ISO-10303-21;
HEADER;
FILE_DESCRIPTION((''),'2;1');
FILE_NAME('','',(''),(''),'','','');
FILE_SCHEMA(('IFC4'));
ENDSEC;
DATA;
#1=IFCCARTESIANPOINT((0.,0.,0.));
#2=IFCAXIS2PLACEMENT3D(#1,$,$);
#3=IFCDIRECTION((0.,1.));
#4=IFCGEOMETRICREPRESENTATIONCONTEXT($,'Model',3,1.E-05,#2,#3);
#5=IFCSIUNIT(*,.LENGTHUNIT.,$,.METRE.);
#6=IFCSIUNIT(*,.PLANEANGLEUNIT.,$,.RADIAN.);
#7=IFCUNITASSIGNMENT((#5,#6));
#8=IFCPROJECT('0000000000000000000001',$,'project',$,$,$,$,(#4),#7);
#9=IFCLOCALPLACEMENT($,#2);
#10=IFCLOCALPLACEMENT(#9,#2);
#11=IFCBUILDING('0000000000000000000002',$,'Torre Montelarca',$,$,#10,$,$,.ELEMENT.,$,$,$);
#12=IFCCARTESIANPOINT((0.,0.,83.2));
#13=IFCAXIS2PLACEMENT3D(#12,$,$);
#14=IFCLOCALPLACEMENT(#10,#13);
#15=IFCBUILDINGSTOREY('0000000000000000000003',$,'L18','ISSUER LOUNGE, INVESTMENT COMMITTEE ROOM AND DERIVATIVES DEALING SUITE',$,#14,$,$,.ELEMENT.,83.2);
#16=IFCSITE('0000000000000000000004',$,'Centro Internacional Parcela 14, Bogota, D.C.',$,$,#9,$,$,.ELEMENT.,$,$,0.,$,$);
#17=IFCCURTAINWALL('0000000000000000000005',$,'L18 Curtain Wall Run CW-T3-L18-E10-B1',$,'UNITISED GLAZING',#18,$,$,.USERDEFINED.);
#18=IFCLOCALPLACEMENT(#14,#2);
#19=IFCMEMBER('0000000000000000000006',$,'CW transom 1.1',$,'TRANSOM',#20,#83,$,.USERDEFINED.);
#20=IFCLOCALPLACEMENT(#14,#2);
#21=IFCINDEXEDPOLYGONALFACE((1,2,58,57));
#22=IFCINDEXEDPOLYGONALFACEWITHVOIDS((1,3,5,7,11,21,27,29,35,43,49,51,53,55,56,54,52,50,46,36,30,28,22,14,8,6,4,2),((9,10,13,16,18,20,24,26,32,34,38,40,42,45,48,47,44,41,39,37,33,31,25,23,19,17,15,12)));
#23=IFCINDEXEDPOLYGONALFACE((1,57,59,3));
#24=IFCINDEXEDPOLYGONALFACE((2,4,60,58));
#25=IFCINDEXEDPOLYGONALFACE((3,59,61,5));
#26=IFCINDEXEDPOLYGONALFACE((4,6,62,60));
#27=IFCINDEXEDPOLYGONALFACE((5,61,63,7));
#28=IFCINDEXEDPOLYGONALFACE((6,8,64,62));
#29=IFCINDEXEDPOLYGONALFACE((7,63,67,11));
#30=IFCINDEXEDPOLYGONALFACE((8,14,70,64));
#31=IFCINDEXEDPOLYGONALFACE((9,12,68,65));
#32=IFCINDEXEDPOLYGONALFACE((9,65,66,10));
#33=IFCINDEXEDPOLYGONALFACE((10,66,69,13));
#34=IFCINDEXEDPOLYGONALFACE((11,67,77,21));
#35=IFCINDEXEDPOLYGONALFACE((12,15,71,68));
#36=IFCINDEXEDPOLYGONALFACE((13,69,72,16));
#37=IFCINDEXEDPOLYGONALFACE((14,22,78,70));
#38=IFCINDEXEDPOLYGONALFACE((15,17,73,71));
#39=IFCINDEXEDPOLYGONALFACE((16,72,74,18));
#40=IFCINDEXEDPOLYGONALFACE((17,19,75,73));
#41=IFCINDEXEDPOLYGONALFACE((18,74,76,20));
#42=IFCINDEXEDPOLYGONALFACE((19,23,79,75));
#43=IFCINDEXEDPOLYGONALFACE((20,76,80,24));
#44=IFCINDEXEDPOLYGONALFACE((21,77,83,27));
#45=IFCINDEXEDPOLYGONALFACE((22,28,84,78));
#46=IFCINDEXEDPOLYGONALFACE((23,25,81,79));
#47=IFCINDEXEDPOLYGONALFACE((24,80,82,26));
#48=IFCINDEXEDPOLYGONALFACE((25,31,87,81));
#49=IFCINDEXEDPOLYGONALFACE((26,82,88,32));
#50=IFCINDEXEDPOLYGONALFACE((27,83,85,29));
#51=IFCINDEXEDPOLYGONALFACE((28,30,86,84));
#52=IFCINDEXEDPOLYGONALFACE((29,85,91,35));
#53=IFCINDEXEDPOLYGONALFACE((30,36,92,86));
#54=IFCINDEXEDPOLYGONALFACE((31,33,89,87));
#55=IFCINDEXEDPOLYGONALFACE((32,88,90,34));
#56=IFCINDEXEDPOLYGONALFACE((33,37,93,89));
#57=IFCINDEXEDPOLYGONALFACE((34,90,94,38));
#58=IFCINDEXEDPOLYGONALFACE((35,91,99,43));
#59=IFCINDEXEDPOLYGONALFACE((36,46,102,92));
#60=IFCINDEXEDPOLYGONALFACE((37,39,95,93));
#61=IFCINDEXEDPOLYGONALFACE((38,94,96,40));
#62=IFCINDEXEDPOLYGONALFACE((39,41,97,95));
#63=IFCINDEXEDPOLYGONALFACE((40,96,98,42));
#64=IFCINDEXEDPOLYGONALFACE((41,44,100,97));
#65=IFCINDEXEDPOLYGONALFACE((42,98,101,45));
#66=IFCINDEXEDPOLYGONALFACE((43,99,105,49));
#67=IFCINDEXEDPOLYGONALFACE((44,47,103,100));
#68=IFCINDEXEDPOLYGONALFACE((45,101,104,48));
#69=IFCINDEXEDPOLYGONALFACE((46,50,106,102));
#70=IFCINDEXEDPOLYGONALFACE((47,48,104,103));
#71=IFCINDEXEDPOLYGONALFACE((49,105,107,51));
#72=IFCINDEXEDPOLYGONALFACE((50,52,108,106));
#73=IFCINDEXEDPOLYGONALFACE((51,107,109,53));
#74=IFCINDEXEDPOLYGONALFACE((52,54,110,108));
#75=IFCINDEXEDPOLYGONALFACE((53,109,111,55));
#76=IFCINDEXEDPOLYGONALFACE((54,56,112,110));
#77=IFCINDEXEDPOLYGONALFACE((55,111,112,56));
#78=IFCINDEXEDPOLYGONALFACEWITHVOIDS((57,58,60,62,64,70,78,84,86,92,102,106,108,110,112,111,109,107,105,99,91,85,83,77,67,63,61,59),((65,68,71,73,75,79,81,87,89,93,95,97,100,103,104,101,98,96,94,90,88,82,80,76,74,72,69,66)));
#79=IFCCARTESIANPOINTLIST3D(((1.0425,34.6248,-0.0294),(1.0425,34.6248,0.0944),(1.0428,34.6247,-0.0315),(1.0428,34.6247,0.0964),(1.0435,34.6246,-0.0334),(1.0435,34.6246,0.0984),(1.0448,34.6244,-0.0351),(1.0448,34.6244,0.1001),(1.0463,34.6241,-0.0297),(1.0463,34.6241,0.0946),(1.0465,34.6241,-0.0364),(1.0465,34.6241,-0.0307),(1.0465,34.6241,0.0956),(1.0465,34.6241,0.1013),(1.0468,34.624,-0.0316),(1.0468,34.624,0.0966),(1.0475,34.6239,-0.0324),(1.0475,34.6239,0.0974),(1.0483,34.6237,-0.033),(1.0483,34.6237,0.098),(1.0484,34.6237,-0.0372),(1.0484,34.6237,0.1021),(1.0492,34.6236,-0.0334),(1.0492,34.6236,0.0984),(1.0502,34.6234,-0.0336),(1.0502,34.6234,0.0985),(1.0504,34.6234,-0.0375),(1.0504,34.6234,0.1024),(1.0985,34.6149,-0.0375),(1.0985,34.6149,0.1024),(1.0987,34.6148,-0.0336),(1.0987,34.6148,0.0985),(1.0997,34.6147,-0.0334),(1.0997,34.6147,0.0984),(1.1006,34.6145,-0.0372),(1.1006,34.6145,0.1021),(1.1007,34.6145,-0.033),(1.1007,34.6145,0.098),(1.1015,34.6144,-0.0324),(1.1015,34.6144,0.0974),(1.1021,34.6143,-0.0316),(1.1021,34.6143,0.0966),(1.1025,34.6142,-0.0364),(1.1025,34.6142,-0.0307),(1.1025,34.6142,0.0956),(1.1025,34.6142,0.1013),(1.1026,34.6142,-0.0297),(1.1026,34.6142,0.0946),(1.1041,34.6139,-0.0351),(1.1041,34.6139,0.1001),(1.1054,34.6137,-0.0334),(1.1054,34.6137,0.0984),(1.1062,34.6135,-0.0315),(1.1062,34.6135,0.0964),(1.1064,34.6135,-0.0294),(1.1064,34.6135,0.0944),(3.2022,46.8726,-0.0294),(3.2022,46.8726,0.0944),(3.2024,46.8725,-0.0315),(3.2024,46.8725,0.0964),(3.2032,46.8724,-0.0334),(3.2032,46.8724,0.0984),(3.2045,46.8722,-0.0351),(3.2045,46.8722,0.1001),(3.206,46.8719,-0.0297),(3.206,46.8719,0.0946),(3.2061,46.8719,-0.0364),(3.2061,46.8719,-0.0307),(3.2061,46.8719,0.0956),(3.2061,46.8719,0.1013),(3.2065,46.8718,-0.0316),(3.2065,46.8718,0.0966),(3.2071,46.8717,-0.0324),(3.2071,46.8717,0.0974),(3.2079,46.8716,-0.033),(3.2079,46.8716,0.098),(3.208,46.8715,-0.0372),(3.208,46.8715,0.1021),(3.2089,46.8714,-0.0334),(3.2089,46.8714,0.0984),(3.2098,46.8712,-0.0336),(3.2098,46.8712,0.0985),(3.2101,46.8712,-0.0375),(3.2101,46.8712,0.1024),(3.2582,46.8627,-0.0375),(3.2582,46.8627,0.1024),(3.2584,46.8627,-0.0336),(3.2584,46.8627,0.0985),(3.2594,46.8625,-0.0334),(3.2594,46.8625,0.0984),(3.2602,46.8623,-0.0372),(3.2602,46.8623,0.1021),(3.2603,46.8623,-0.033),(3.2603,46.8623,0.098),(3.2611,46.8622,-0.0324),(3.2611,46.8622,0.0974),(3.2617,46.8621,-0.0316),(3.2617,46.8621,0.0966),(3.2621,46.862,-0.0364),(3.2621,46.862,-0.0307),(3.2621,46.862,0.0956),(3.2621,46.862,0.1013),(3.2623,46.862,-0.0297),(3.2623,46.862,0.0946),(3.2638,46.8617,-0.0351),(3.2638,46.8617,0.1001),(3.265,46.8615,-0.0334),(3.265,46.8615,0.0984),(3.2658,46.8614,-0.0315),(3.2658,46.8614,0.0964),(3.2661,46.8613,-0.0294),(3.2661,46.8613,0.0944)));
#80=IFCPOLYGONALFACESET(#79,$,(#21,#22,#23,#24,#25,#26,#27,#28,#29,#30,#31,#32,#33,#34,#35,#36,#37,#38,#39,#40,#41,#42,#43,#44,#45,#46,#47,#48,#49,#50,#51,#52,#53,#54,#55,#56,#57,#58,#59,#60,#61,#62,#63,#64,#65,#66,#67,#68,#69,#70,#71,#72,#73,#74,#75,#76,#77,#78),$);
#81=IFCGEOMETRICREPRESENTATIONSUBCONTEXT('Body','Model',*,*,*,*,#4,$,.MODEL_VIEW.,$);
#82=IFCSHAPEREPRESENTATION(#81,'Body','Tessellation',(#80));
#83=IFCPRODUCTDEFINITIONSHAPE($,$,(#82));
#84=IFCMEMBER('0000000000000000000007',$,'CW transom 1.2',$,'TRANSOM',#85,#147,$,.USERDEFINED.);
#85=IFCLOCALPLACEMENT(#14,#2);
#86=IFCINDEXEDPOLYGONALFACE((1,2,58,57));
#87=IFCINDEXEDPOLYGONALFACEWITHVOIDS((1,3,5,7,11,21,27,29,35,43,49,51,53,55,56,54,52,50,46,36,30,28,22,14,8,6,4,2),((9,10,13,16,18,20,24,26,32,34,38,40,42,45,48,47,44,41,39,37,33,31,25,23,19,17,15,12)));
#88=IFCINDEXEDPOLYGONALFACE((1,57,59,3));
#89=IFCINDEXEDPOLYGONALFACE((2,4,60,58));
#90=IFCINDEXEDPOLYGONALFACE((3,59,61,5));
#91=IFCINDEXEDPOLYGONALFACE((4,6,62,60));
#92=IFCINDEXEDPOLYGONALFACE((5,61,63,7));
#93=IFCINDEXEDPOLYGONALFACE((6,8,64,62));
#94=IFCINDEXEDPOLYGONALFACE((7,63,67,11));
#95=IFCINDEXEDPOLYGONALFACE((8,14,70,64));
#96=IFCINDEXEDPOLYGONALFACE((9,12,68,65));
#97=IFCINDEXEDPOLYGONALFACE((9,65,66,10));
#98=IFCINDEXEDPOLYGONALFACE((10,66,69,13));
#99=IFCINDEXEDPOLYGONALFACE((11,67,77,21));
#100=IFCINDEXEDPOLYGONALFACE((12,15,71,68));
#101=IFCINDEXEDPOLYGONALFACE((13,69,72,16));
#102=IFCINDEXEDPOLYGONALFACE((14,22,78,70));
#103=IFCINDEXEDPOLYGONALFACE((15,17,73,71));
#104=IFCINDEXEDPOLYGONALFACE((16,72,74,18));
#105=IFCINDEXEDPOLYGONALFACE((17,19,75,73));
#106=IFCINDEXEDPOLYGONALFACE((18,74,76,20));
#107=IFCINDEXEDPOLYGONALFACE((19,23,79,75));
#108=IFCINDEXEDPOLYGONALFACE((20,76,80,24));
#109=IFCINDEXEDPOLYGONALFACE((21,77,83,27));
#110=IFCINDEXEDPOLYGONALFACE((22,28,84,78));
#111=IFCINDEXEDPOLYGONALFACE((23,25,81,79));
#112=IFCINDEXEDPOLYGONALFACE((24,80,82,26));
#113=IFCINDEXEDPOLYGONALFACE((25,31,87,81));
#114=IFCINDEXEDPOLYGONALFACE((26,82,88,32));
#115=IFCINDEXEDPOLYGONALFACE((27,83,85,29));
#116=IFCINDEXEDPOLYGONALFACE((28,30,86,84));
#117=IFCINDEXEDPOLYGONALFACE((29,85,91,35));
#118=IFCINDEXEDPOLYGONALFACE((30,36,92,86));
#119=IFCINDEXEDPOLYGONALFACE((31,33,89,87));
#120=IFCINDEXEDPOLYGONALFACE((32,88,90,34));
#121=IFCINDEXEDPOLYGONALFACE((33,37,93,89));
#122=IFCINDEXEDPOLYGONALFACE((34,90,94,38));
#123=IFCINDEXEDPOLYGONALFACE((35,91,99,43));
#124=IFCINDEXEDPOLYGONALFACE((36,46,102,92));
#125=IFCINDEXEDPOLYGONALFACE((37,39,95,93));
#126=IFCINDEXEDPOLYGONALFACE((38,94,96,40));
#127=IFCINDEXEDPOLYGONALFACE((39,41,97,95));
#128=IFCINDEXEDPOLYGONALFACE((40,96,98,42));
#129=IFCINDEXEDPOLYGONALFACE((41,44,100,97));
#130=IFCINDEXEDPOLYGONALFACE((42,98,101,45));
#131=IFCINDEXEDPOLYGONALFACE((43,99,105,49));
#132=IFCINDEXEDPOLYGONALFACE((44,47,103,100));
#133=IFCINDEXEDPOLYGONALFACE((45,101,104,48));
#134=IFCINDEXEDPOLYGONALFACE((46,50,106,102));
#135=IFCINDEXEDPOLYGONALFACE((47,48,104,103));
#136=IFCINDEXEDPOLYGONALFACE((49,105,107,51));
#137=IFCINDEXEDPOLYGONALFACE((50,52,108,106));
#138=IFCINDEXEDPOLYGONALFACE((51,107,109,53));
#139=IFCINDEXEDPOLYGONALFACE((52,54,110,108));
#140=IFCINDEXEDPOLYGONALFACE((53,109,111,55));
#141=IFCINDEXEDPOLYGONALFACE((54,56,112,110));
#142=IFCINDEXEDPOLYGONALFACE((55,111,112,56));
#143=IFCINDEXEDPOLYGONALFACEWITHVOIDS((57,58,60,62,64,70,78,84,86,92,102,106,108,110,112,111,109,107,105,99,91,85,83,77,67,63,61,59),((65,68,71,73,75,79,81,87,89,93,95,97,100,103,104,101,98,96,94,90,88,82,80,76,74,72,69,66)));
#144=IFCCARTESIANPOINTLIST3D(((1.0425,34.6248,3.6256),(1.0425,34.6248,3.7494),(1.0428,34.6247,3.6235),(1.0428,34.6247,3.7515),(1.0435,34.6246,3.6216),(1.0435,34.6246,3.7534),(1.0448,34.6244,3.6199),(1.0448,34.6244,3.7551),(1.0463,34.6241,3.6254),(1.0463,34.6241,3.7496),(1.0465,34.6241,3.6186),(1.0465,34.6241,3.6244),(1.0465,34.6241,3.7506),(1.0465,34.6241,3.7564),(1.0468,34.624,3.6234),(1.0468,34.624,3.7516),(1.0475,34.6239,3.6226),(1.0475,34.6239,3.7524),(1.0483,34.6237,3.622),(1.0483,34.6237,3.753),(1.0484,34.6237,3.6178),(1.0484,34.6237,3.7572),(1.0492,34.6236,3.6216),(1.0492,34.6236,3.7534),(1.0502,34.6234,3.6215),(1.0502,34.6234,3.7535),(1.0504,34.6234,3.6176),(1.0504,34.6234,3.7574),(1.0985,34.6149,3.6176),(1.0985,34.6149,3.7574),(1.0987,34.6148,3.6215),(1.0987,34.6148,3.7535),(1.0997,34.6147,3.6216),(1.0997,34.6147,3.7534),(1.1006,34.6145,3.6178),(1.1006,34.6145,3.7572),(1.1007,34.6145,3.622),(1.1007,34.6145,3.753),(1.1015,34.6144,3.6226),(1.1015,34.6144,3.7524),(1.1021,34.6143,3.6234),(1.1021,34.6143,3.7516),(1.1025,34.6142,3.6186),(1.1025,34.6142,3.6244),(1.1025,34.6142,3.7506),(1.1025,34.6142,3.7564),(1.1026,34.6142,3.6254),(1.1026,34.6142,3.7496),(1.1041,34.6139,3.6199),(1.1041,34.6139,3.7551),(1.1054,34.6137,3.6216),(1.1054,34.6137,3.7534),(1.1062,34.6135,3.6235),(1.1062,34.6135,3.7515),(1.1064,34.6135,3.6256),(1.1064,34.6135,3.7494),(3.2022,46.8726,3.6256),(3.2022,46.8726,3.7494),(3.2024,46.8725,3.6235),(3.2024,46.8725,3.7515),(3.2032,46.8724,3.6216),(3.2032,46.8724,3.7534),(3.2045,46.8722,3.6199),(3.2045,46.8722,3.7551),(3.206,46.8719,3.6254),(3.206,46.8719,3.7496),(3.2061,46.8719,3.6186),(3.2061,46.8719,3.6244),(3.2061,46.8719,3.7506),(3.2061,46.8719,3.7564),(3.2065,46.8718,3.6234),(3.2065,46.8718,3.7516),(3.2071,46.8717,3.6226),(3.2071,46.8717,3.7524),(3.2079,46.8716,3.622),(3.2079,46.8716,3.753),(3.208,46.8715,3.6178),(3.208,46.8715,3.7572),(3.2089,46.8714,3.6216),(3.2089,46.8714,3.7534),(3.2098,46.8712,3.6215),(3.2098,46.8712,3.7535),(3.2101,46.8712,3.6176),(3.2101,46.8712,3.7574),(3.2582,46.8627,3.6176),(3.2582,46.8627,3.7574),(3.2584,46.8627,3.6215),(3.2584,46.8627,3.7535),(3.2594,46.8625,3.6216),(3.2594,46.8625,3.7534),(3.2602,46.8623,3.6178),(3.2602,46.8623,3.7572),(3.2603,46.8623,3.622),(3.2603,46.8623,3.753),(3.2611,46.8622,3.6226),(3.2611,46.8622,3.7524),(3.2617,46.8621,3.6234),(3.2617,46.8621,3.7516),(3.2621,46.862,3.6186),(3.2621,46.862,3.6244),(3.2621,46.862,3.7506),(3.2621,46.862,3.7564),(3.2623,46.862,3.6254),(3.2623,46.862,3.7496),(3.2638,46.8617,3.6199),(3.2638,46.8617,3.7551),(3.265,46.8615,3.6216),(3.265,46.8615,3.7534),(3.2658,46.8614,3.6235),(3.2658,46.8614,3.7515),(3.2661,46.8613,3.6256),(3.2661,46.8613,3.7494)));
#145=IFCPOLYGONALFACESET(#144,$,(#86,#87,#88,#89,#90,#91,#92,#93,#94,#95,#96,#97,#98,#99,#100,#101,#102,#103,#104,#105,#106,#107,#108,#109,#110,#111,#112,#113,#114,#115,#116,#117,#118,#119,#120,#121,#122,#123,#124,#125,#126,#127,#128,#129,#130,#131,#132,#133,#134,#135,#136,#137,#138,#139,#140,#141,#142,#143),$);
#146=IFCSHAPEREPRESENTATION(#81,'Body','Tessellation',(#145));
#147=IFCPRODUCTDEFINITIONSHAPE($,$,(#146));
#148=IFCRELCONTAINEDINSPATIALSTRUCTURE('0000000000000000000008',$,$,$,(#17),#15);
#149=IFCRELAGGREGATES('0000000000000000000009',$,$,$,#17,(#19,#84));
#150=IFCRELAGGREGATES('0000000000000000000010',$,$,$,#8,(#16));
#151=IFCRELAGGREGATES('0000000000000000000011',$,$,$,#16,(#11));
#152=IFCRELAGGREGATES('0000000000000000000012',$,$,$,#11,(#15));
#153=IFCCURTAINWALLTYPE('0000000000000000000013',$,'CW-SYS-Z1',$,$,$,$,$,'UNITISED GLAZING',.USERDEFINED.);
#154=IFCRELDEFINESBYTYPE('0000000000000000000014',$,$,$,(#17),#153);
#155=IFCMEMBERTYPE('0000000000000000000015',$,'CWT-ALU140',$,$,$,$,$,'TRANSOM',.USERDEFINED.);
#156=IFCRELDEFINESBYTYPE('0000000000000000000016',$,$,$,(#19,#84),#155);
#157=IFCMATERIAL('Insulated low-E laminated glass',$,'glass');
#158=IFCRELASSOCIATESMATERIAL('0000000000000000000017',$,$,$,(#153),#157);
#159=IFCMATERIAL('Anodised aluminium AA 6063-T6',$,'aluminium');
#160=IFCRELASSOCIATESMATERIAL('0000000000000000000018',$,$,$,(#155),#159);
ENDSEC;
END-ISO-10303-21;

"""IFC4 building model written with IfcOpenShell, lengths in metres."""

from ifc_helpers import new_model, si_unit, direction, frame, origin, origin_2d, place, context, subcontext, project, spatial, hollow_rectangle, extrude, source, transform, mapped, material, material_profile, profile_set, type_object, element, aggregate, save


model = new_model("IFC4")

# Units and contexts
model_context = context("Model", 3, precision=1e-05, world=origin(), true_north=direction((0.0, 1.0)))
body_context = subcontext(model_context, "Body", "Model", "MODEL_VIEW")
ifc_project = project(units=[si_unit("LENGTHUNIT", "METRE"), si_unit("PLANEANGLEUNIT", "RADIAN")], contexts=[model_context])

# Site, building, storey
site_placement = place(None, origin())
site = spatial("IfcSite", under=ifc_project, at=site_placement, Name="Centro Internacional Parcela 14, Bogota, D.C.", CompositionType="ELEMENT", RefElevation=0.0)
building_placement = place(site_placement, origin())
building = spatial("IfcBuilding", under=site, at=building_placement, Name="Torre Montelarca", CompositionType="ELEMENT")
storey_placement = place(building_placement, frame((0.0, 0.0, 83.2)))
storey = spatial("IfcBuildingStorey", under=building, at=storey_placement, Name="L18", Description="ISSUER LOUNGE, INVESTMENT COMMITTEE ROOM AND DERIVATIVES DEALING SUITE", CompositionType="ELEMENT", Elevation=83.2)

# Curtain wall, members
ifc_material_1 = material(Name="Insulated low-E laminated glass", Category="glass")
curtain_wall_type = type_object("IfcCurtainWallType", Name="CW-SYS-Z1", ElementType="UNITISED GLAZING", PredefinedType="USERDEFINED", material=ifc_material_1)
ifc_material_2 = material(Name="Anodised aluminium AA 6063-T6", Category="aluminium")
ifc_material_profile_1 = material_profile(ifc_material_2, hollow_rectangle(XDim=0.0649, YDim=0.1399, WallThickness=0.0039, InnerFilletRadius=0.0039, OuterFilletRadius=0.0081, at=origin_2d()), Name="ALU65X140X4", Category="aluminium")
ifc_profile_set_1 = profile_set([ifc_material_profile_1], Name="Anodised aluminium AA 6063-T6")
member_type_1 = type_object("IfcMemberType", Name="CWT-ALU140", ElementType="TRANSOM", PredefinedType="USERDEFINED", material=ifc_profile_set_1)
curtain_wall_1_placement = place(storey_placement, origin())
curtain_wall_1 = element("IfcCurtainWall", 1, at=curtain_wall_1_placement, inside=storey, type_object=curtain_wall_type, Name="L18 Curtain Wall Run CW-T3-L18-E10-B1", ObjectType="UNITISED GLAZING", PredefinedType="USERDEFINED")
shared_shape_1 = source(origin(), body_context, "Body", "SweptSolid", [
    extrude(hollow_rectangle(XDim=0.0649, YDim=0.1399, WallThickness=0.0039, InnerFilletRadius=0.0039, OuterFilletRadius=0.0081, at=origin_2d()), origin(), (0.0, 0.0, 1.0), 12.4368),
])
member_1_placement = place(storey_placement, frame((3.2341, 46.8669, 0.0325), z_axis=(-0.173652, -0.984807, 0.0), x_axis=(0.984807, -0.173652, 0.0)))
member_1 = element("IfcMember", 2, at=member_1_placement, type_object=member_type_1, Name="CW transom 1.1", ObjectType="TRANSOM", PredefinedType="USERDEFINED", context=body_context, shape_type="MappedRepresentation", body=[
    mapped(shared_shape_1, transform((0.0, 0.0, 0.0), scale=1.0)),
])
member_2_placement = place(storey_placement, frame((3.2341, 46.8669, 3.6875), z_axis=(-0.173652, -0.984807, 0.0), x_axis=(0.984807, -0.173652, 0.0)))
member_2 = element("IfcMember", 3, at=member_2_placement, type_object=member_type_1, Name="CW transom 1.2", ObjectType="TRANSOM", PredefinedType="USERDEFINED", context=body_context, shape_type="MappedRepresentation", body=[
    mapped(shared_shape_1, transform((0.0, 0.0, 0.0), scale=1.0)),
])

aggregate(curtain_wall_1, [member_1, member_2])

save(model, "model.ifc")
